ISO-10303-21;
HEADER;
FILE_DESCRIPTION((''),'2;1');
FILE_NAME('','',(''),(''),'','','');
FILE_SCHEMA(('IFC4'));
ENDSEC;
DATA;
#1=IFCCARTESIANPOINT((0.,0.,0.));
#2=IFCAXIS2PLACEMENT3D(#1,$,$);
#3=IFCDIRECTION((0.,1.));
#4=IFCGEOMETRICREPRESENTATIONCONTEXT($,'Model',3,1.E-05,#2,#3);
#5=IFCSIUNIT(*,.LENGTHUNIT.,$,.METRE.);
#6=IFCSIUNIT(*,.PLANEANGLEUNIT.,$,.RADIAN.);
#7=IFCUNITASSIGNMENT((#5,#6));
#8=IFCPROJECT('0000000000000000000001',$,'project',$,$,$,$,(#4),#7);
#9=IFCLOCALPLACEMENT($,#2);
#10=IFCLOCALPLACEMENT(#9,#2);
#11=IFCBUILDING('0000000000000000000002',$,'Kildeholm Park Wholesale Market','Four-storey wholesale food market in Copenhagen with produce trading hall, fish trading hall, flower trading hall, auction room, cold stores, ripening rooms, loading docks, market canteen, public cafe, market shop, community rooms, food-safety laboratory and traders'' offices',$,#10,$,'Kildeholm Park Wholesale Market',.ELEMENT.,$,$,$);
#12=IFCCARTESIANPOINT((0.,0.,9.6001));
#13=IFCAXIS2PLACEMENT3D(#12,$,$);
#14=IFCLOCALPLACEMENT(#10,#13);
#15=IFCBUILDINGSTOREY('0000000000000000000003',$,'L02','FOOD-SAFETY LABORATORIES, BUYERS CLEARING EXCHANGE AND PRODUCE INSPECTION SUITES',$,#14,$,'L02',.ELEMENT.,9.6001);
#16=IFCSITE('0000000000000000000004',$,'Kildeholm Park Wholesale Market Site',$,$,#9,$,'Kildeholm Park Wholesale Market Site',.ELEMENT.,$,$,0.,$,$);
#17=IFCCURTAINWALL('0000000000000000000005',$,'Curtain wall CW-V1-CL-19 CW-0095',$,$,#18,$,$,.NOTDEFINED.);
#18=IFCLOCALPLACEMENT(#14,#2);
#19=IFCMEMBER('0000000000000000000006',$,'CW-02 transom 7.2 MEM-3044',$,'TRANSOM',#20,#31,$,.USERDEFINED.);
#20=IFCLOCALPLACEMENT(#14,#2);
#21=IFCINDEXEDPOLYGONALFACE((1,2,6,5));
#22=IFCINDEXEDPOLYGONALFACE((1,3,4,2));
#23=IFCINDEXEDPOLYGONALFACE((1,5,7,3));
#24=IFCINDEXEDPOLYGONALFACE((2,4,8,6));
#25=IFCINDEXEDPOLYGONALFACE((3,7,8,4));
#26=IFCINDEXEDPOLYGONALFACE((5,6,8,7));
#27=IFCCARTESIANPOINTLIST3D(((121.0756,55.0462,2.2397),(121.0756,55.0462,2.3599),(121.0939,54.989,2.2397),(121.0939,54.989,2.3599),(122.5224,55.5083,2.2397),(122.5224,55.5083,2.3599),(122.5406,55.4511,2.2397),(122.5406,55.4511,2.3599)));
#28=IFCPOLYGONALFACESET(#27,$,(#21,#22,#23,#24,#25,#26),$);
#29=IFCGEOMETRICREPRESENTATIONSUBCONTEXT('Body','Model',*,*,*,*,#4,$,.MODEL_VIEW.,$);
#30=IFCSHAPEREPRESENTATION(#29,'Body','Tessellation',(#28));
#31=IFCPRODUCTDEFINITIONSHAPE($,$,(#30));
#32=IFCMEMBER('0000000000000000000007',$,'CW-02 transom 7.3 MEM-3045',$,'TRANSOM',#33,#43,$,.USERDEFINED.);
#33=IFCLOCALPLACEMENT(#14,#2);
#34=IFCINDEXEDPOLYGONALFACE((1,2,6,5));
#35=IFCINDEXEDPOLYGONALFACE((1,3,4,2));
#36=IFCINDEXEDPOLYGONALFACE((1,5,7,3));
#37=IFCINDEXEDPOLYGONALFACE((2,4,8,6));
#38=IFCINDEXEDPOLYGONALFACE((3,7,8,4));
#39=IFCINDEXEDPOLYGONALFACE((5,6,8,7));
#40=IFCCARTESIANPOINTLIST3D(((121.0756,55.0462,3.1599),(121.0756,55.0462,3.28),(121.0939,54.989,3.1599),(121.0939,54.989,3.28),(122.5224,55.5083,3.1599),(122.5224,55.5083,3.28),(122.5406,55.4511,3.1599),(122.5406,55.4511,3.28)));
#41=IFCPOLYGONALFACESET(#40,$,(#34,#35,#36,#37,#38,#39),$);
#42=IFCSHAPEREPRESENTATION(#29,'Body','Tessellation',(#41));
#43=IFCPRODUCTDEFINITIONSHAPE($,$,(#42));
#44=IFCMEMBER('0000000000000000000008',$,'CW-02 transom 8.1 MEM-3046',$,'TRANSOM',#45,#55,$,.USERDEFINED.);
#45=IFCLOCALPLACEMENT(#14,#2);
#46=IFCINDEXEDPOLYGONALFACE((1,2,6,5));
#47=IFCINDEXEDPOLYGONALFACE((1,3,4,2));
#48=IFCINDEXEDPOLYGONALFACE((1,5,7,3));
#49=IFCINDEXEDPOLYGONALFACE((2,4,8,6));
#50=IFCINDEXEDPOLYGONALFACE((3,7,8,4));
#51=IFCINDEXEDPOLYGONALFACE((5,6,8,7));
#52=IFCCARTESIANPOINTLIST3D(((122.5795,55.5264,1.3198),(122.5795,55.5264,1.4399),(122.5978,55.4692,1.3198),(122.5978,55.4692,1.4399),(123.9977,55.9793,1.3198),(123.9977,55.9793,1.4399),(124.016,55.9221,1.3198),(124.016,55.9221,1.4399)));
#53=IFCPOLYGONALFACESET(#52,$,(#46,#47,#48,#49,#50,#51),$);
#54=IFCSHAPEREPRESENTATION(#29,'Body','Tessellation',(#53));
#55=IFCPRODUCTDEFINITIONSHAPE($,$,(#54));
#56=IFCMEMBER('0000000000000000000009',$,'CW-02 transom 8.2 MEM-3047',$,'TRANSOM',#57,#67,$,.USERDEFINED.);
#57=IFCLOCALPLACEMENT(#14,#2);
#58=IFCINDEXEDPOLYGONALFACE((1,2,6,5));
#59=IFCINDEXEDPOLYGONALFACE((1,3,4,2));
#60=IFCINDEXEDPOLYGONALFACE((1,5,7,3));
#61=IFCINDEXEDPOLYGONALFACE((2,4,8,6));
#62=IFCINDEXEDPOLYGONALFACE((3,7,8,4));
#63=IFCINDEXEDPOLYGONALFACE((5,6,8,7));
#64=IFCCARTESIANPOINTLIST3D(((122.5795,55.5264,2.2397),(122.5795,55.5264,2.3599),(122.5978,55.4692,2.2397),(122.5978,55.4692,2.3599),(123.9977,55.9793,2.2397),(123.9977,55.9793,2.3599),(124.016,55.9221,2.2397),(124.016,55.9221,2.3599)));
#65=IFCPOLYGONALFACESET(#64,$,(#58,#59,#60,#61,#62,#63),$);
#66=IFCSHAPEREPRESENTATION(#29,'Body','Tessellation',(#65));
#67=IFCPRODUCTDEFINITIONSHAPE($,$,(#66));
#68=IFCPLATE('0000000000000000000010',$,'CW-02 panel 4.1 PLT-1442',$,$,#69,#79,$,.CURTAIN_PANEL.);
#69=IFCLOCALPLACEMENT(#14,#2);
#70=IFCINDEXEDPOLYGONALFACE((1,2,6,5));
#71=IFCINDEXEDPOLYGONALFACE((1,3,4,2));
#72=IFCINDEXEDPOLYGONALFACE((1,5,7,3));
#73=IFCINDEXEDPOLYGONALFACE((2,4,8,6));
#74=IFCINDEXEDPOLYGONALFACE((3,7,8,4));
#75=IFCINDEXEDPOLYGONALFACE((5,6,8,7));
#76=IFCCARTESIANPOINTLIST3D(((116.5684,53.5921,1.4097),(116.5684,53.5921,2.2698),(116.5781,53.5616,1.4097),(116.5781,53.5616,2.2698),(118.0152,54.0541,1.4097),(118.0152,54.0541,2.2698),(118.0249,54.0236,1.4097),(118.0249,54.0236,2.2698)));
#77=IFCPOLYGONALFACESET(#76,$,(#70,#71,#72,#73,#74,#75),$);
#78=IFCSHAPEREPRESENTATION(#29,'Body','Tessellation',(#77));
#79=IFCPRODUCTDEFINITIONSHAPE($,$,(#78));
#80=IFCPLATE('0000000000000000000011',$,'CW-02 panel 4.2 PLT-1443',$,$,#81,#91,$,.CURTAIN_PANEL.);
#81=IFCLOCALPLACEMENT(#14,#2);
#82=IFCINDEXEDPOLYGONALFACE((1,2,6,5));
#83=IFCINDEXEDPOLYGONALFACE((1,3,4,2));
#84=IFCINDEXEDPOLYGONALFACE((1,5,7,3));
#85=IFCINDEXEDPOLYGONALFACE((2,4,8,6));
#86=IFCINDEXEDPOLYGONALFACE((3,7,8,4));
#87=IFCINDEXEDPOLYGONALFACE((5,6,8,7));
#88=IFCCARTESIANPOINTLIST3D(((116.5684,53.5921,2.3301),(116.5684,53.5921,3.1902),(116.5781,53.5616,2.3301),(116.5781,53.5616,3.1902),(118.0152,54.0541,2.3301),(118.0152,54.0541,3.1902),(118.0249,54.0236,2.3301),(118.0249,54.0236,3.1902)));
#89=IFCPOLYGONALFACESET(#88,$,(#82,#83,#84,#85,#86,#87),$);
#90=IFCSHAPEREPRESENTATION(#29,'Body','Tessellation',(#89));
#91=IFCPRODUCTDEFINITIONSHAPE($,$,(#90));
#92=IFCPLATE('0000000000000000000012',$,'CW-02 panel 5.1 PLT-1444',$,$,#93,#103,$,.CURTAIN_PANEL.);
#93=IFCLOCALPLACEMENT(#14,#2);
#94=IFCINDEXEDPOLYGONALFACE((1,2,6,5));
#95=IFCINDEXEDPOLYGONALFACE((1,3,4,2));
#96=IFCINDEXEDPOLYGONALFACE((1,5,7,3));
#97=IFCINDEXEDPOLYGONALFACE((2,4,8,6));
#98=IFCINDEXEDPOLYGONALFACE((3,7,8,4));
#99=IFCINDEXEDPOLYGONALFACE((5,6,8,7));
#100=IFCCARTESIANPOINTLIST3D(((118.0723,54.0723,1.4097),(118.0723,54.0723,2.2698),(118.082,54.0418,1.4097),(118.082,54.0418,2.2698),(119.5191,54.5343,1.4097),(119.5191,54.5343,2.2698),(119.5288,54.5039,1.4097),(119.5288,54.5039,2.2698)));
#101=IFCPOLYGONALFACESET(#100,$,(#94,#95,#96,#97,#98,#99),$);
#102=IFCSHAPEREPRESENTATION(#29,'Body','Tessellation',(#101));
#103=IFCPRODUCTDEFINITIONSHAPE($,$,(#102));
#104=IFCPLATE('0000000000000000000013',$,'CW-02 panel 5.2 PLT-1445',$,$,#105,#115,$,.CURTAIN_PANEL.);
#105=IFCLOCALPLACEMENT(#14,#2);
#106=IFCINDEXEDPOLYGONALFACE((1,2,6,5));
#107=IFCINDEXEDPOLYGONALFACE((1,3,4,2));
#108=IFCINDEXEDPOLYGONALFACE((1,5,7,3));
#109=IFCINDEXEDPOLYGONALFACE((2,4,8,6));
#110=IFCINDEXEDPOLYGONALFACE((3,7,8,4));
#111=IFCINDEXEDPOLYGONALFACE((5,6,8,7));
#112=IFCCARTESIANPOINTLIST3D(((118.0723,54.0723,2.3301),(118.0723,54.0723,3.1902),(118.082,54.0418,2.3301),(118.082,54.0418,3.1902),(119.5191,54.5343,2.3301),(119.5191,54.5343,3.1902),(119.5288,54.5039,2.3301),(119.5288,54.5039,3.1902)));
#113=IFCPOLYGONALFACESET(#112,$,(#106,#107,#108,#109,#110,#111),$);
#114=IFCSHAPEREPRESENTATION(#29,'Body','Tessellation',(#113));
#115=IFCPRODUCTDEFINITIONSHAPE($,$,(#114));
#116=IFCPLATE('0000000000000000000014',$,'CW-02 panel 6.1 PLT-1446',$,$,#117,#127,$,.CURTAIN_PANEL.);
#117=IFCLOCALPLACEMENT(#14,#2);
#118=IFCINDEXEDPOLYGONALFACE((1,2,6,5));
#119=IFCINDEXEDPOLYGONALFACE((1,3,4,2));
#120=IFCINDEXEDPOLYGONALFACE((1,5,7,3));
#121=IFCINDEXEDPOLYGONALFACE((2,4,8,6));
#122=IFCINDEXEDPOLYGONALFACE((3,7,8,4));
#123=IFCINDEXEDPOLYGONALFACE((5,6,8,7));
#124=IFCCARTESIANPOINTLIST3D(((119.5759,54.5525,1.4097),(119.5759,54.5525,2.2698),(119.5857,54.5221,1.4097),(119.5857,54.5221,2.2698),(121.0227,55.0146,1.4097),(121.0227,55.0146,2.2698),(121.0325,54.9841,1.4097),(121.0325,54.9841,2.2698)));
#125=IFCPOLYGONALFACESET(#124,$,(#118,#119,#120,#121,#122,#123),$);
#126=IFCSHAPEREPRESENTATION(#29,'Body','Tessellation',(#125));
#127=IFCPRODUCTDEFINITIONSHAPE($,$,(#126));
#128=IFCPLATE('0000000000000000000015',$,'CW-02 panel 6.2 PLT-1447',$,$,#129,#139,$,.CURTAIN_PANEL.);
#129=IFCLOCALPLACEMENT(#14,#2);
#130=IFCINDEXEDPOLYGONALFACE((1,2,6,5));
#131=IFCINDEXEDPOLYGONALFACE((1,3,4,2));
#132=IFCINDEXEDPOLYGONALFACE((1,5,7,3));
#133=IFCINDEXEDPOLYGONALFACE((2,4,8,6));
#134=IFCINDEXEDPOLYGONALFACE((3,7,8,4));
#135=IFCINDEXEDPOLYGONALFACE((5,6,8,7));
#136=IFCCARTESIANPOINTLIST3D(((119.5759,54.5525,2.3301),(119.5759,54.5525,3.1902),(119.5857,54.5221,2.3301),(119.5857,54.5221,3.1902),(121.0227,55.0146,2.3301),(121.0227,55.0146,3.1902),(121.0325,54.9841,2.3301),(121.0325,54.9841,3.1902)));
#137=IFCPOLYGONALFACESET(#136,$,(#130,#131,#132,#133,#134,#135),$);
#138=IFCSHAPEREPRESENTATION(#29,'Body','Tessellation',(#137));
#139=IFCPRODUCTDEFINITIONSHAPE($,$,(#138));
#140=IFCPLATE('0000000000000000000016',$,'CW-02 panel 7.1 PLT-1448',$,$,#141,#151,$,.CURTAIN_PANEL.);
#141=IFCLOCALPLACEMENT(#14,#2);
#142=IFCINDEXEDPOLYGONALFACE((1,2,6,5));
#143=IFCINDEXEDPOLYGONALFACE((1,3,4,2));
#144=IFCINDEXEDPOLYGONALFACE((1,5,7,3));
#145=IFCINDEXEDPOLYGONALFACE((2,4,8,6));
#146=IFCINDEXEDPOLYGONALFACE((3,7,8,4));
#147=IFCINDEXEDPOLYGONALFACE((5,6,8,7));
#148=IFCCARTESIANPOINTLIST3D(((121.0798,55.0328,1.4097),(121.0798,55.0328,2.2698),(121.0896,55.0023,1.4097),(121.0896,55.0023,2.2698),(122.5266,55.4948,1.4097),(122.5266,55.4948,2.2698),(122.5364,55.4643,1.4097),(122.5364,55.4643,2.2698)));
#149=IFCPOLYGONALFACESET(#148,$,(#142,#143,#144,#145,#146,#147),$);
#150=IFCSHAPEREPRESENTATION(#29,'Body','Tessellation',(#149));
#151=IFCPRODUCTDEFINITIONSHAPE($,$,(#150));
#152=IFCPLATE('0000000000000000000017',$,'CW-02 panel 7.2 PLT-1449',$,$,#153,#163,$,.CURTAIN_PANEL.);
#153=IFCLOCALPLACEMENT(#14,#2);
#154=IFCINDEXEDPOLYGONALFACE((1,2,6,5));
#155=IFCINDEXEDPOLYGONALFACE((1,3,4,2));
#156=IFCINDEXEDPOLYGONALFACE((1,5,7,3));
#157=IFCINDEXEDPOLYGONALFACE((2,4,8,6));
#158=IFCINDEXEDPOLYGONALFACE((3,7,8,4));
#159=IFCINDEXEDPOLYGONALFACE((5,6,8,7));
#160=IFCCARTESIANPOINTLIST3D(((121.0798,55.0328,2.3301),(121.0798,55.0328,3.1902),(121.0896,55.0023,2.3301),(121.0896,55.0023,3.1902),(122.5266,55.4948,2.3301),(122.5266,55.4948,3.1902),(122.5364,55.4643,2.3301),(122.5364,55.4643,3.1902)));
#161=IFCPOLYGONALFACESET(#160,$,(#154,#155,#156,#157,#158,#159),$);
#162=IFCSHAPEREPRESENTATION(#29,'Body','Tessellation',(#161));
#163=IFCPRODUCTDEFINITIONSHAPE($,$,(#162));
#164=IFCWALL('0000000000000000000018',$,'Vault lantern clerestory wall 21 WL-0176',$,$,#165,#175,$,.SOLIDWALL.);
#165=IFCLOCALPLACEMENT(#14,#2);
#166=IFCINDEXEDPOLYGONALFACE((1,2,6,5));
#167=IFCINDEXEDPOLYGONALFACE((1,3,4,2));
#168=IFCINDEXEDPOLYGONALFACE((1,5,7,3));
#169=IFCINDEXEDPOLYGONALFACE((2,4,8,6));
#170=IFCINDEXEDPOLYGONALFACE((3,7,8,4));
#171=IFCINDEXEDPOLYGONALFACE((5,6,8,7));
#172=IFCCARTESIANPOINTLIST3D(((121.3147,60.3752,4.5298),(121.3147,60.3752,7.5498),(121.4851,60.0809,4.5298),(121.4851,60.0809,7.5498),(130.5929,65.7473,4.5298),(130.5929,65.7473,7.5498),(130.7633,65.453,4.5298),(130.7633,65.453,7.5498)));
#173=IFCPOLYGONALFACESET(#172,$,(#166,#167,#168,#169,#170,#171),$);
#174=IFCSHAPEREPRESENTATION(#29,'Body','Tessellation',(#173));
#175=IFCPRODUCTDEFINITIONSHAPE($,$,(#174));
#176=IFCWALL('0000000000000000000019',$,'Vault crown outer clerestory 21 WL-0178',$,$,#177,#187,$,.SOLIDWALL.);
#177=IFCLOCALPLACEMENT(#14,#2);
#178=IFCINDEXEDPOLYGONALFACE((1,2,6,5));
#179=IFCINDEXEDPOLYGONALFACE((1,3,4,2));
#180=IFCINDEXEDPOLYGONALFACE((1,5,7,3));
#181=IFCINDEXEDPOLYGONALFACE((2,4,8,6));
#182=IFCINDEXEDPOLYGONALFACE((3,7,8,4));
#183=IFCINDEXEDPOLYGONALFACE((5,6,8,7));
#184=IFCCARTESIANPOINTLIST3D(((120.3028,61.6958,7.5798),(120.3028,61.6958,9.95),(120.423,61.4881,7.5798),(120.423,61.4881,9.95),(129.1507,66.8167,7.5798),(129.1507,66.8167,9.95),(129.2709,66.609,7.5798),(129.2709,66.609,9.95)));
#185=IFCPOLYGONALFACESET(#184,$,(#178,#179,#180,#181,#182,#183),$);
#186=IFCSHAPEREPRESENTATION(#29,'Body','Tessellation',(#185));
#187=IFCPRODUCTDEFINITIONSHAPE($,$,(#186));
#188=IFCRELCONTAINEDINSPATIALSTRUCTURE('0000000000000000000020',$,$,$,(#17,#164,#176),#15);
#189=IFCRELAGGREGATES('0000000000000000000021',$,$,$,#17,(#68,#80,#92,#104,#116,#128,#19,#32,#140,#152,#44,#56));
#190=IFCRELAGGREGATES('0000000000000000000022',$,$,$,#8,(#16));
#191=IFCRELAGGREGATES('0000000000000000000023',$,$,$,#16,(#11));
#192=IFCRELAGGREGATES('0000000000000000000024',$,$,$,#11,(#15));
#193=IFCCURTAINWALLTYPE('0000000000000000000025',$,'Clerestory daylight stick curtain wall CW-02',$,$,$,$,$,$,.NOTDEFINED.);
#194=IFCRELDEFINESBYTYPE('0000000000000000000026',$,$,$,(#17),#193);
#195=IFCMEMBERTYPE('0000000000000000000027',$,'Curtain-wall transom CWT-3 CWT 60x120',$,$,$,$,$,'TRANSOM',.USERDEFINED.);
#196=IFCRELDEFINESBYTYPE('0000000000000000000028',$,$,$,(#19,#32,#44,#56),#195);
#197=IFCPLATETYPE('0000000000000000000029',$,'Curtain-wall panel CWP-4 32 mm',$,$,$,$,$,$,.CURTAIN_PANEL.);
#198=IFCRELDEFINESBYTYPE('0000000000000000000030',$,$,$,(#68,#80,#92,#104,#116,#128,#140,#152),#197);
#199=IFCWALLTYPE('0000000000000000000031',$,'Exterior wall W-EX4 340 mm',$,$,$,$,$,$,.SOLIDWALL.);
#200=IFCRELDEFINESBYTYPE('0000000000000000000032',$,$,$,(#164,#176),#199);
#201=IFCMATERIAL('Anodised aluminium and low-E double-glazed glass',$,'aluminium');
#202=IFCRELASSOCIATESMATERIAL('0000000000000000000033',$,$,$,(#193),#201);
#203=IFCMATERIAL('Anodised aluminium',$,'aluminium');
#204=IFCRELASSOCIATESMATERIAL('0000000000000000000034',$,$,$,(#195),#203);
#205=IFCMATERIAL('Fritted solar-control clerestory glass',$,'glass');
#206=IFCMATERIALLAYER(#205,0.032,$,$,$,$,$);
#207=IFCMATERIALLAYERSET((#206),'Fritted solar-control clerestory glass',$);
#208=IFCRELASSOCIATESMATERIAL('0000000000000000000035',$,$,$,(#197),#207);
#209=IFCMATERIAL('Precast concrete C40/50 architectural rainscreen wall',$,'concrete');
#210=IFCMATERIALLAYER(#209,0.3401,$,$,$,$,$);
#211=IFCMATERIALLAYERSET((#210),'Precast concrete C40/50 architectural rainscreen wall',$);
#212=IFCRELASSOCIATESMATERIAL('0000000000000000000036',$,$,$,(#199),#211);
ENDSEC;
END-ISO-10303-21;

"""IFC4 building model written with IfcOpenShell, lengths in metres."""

from ifc_helpers import new_model, si_unit, direction, frame, frame_2d, origin, origin_2d, place, context, subcontext, project, spatial, rectangle, extrude, material, layer, layer_set, material_profile, profile_set, type_object, element, aggregate, save


model = new_model("IFC4")

# Units and contexts
model_context = context("Model", 3, precision=1e-05, world=origin(), true_north=direction((0.0, 1.0)))
body_context = subcontext(model_context, "Body", "Model", "MODEL_VIEW")
ifc_project = project(units=[si_unit("LENGTHUNIT", "METRE"), si_unit("PLANEANGLEUNIT", "RADIAN")], contexts=[model_context])

# Site, building, storey
site_placement = place(None, origin())
site = spatial("IfcSite", under=ifc_project, at=site_placement, Name="Kildeholm Park Wholesale Market Site", LongName="Kildeholm Park Wholesale Market Site", CompositionType="ELEMENT", RefElevation=0.0)
building_placement = place(site_placement, origin())
building = spatial("IfcBuilding", under=site, at=building_placement, Name="Kildeholm Park Wholesale Market", Description="Four-storey wholesale food market in Copenhagen with produce trading hall, fish trading hall, flower trading hall, auction room, cold stores, ripening rooms, loading docks, market canteen, public cafe, market shop, community rooms, food-safety laboratory and traders' offices", LongName="Kildeholm Park Wholesale Market", CompositionType="ELEMENT")
storey_placement = place(building_placement, frame((0.0, 0.0, 9.6001)))
storey = spatial("IfcBuildingStorey", under=building, at=storey_placement, Name="L02", Description="FOOD-SAFETY LABORATORIES, BUYERS CLEARING EXCHANGE AND PRODUCE INSPECTION SUITES", LongName="L02", CompositionType="ELEMENT", Elevation=9.6001)

# Curtain wall, members, plates
ifc_material_1 = material(Name="Anodised aluminium and low-E double-glazed glass", Category="aluminium")
curtain_wall_type = type_object("IfcCurtainWallType", Name="Clerestory daylight stick curtain wall CW-02", PredefinedType="NOTDEFINED", material=ifc_material_1)
curtain_wall_placement = place(storey_placement, origin())
curtain_wall = element("IfcCurtainWall", 1, at=curtain_wall_placement, inside=storey, type_object=curtain_wall_type, Name="Curtain wall CW-V1-CL-19 CW-0095", PredefinedType="NOTDEFINED")
ifc_material_2 = material(Name="Anodised aluminium", Category="aluminium")
ifc_material_profile_1 = material_profile(ifc_material_2, rectangle(XDim=0.0601, YDim=0.1201, at=origin_2d()), Name="CWT 60x120")
ifc_profile_set_1 = profile_set([ifc_material_profile_1], Name="Anodised aluminium")
member_type_1 = type_object("IfcMemberType", Name="Curtain-wall transom CWT-3 CWT 60x120", ElementType="TRANSOM", PredefinedType="USERDEFINED", material=ifc_profile_set_1)
member_1_placement = place(storey_placement, frame((121.0847, 55.0176, 2.2998), z_axis=(0.952579, 0.304292, 0.0), x_axis=(-0.304292, 0.952579, 0.0)))
member_1 = element("IfcMember", 2, at=member_1_placement, type_object=member_type_1, Name="CW-02 transom 7.2 MEM-3044", ObjectType="TRANSOM", PredefinedType="USERDEFINED", context=body_context, shape_type="SweptSolid", body=[
    extrude(rectangle(XDim=0.0601, YDim=0.1201, at=origin_2d()), origin(), (0.0, 0.0, 1.0), 1.5188),
])
member_2_placement = place(storey_placement, frame((121.0847, 55.0176, 3.22), z_axis=(0.952579, 0.304292, 0.0), x_axis=(-0.304292, 0.952579, 0.0)))
member_2 = element("IfcMember", 3, at=member_2_placement, type_object=member_type_1, Name="CW-02 transom 7.3 MEM-3045", ObjectType="TRANSOM", PredefinedType="USERDEFINED", context=body_context, shape_type="SweptSolid", body=[
    extrude(rectangle(XDim=0.0601, YDim=0.1201, at=origin_2d()), origin(), (0.0, 0.0, 1.0), 1.5188),
])
member_3_placement = place(storey_placement, frame((122.5886, 55.4978, 1.3799), z_axis=(0.952609, 0.304198, 0.0), x_axis=(-0.304198, 0.952609, 0.0)))
member_3 = element("IfcMember", 4, at=member_3_placement, type_object=member_type_1, Name="CW-02 transom 8.1 MEM-3046", ObjectType="TRANSOM", PredefinedType="USERDEFINED", context=body_context, shape_type="SweptSolid", body=[
    extrude(rectangle(XDim=0.0601, YDim=0.1201, at=origin_2d()), origin(), (0.0, 0.0, 1.0), 1.4888),
])
member_4_placement = place(storey_placement, frame((122.5886, 55.4978, 2.2998), z_axis=(0.952609, 0.304198, 0.0), x_axis=(-0.304198, 0.952609, 0.0)))
member_4 = element("IfcMember", 5, at=member_4_placement, type_object=member_type_1, Name="CW-02 transom 8.2 MEM-3047", ObjectType="TRANSOM", PredefinedType="USERDEFINED", context=body_context, shape_type="SweptSolid", body=[
    extrude(rectangle(XDim=0.0601, YDim=0.1201, at=origin_2d()), origin(), (0.0, 0.0, 1.0), 1.4888),
])
ifc_material_3 = material(Name="Fritted solar-control clerestory glass", Category="glass")
ifc_layer_1 = layer(ifc_material_3, 0.032)
ifc_layer_set_1 = layer_set([ifc_layer_1], Name="Fritted solar-control clerestory glass")
plate_type = type_object("IfcPlateType", Name="Curtain-wall panel CWP-4 32 mm", PredefinedType="CURTAIN_PANEL", material=ifc_layer_set_1)
plate_1_placement = place(storey_placement, frame((117.2966, 53.8079, 1.4097), z_axis=(0.0, 0.0, 1.0), x_axis=(0.952606, 0.304207, 0.0)))
plate_1 = element("IfcPlate", 6, at=plate_1_placement, type_object=plate_type, Name="CW-02 panel 4.1 PLT-1442", PredefinedType="CURTAIN_PANEL", context=body_context, shape_type="SweptSolid", body=[
    extrude(rectangle(XDim=1.5188, YDim=0.032, at=origin_2d()), origin(), (0.0, 0.0, 1.0), 0.8601),
])
plate_2_placement = place(storey_placement, frame((117.2966, 53.8079, 2.3301), z_axis=(0.0, 0.0, 1.0), x_axis=(0.952606, 0.304207, 0.0)))
plate_2 = element("IfcPlate", 7, at=plate_2_placement, type_object=plate_type, Name="CW-02 panel 4.2 PLT-1443", PredefinedType="CURTAIN_PANEL", context=body_context, shape_type="SweptSolid", body=[
    extrude(rectangle(XDim=1.5188, YDim=0.032, at=origin_2d()), origin(), (0.0, 0.0, 1.0), 0.8601),
])
plate_3_placement = place(storey_placement, frame((118.8005, 54.2881, 1.4097), z_axis=(0.0, 0.0, 1.0), x_axis=(0.952606, 0.304207, 0.0)))
plate_3 = element("IfcPlate", 8, at=plate_3_placement, type_object=plate_type, Name="CW-02 panel 5.1 PLT-1444", PredefinedType="CURTAIN_PANEL", context=body_context, shape_type="SweptSolid", body=[
    extrude(rectangle(XDim=1.5188, YDim=0.032, at=origin_2d()), origin(), (0.0, 0.0, 1.0), 0.8601),
])
plate_4_placement = place(storey_placement, frame((118.8005, 54.2881, 2.3301), z_axis=(0.0, 0.0, 1.0), x_axis=(0.952606, 0.304207, 0.0)))
plate_4 = element("IfcPlate", 9, at=plate_4_placement, type_object=plate_type, Name="CW-02 panel 5.2 PLT-1445", PredefinedType="CURTAIN_PANEL", context=body_context, shape_type="SweptSolid", body=[
    extrude(rectangle(XDim=1.5188, YDim=0.032, at=origin_2d()), origin(), (0.0, 0.0, 1.0), 0.8601),
])
plate_5_placement = place(storey_placement, frame((120.3042, 54.7683, 1.4097), z_axis=(0.0, 0.0, 1.0), x_axis=(0.952606, 0.304207, 0.0)))
plate_5 = element("IfcPlate", 10, at=plate_5_placement, type_object=plate_type, Name="CW-02 panel 6.1 PLT-1446", PredefinedType="CURTAIN_PANEL", context=body_context, shape_type="SweptSolid", body=[
    extrude(rectangle(XDim=1.5188, YDim=0.032, at=origin_2d()), origin(), (0.0, 0.0, 1.0), 0.8601),
])
plate_6_placement = place(storey_placement, frame((120.3042, 54.7683, 2.3301), z_axis=(0.0, 0.0, 1.0), x_axis=(0.952606, 0.304207, 0.0)))
plate_6 = element("IfcPlate", 11, at=plate_6_placement, type_object=plate_type, Name="CW-02 panel 6.2 PLT-1447", PredefinedType="CURTAIN_PANEL", context=body_context, shape_type="SweptSolid", body=[
    extrude(rectangle(XDim=1.5188, YDim=0.032, at=origin_2d()), origin(), (0.0, 0.0, 1.0), 0.8601),
])
plate_7_placement = place(storey_placement, frame((121.8081, 55.2485, 1.4097), z_axis=(0.0, 0.0, 1.0), x_axis=(0.952606, 0.304207, 0.0)))
plate_7 = element("IfcPlate", 12, at=plate_7_placement, type_object=plate_type, Name="CW-02 panel 7.1 PLT-1448", PredefinedType="CURTAIN_PANEL", context=body_context, shape_type="SweptSolid", body=[
    extrude(rectangle(XDim=1.5188, YDim=0.032, at=origin_2d()), origin(), (0.0, 0.0, 1.0), 0.8601),
])
plate_8_placement = place(storey_placement, frame((121.8081, 55.2485, 2.3301), z_axis=(0.0, 0.0, 1.0), x_axis=(0.952606, 0.304207, 0.0)))
plate_8 = element("IfcPlate", 13, at=plate_8_placement, type_object=plate_type, Name="CW-02 panel 7.2 PLT-1449", PredefinedType="CURTAIN_PANEL", context=body_context, shape_type="SweptSolid", body=[
    extrude(rectangle(XDim=1.5188, YDim=0.032, at=origin_2d()), origin(), (0.0, 0.0, 1.0), 0.8601),
])
aggregate(curtain_wall, [plate_1, plate_2, plate_3, plate_4, plate_5, plate_6, member_1, member_2, plate_7, plate_8, member_3, member_4])

# Walls
ifc_material_4 = material(Name="Precast concrete C40/50 architectural rainscreen wall", Category="concrete")
ifc_layer_2 = layer(ifc_material_4, 0.3401)
ifc_layer_set_2 = layer_set([ifc_layer_2], Name="Precast concrete C40/50 architectural rainscreen wall")
wall_type = type_object("IfcWallType", Name="Exterior wall W-EX4 340 mm", PredefinedType="SOLIDWALL", material=ifc_layer_set_2)
wall_1_placement = place(storey_placement, frame((121.3999, 60.228, 4.5298), z_axis=(0.0, 0.0, 1.0), x_axis=(0.865404, 0.501075, 0.0)))
element("IfcWall", 14, at=wall_1_placement, inside=storey, type_object=wall_type, Name="Vault lantern clerestory wall 21 WL-0176", PredefinedType="SOLIDWALL", context=body_context, shape_type="SweptSolid", body=[
    extrude(rectangle(XDim=10.7212, YDim=0.3401, at=frame_2d((5.3606, 0.0))), origin(), (0.0, 0.0, 1.0), 3.02),
])
wall_2_placement = place(storey_placement, frame((120.363, 61.592, 7.5798), z_axis=(0.0, 0.0, 1.0), x_axis=(0.865495, 0.500918, 0.0)))
element("IfcWall", 15, at=wall_2_placement, inside=storey, type_object=wall_type, Name="Vault crown outer clerestory 21 WL-0178", PredefinedType="SOLIDWALL", context=body_context, shape_type="SweptSolid", body=[
    extrude(rectangle(XDim=10.2229, YDim=0.24, at=frame_2d((5.1113, 0.0))), origin(), (0.0, 0.0, 1.0), 2.3701),
])

save(model, "model.ifc")
